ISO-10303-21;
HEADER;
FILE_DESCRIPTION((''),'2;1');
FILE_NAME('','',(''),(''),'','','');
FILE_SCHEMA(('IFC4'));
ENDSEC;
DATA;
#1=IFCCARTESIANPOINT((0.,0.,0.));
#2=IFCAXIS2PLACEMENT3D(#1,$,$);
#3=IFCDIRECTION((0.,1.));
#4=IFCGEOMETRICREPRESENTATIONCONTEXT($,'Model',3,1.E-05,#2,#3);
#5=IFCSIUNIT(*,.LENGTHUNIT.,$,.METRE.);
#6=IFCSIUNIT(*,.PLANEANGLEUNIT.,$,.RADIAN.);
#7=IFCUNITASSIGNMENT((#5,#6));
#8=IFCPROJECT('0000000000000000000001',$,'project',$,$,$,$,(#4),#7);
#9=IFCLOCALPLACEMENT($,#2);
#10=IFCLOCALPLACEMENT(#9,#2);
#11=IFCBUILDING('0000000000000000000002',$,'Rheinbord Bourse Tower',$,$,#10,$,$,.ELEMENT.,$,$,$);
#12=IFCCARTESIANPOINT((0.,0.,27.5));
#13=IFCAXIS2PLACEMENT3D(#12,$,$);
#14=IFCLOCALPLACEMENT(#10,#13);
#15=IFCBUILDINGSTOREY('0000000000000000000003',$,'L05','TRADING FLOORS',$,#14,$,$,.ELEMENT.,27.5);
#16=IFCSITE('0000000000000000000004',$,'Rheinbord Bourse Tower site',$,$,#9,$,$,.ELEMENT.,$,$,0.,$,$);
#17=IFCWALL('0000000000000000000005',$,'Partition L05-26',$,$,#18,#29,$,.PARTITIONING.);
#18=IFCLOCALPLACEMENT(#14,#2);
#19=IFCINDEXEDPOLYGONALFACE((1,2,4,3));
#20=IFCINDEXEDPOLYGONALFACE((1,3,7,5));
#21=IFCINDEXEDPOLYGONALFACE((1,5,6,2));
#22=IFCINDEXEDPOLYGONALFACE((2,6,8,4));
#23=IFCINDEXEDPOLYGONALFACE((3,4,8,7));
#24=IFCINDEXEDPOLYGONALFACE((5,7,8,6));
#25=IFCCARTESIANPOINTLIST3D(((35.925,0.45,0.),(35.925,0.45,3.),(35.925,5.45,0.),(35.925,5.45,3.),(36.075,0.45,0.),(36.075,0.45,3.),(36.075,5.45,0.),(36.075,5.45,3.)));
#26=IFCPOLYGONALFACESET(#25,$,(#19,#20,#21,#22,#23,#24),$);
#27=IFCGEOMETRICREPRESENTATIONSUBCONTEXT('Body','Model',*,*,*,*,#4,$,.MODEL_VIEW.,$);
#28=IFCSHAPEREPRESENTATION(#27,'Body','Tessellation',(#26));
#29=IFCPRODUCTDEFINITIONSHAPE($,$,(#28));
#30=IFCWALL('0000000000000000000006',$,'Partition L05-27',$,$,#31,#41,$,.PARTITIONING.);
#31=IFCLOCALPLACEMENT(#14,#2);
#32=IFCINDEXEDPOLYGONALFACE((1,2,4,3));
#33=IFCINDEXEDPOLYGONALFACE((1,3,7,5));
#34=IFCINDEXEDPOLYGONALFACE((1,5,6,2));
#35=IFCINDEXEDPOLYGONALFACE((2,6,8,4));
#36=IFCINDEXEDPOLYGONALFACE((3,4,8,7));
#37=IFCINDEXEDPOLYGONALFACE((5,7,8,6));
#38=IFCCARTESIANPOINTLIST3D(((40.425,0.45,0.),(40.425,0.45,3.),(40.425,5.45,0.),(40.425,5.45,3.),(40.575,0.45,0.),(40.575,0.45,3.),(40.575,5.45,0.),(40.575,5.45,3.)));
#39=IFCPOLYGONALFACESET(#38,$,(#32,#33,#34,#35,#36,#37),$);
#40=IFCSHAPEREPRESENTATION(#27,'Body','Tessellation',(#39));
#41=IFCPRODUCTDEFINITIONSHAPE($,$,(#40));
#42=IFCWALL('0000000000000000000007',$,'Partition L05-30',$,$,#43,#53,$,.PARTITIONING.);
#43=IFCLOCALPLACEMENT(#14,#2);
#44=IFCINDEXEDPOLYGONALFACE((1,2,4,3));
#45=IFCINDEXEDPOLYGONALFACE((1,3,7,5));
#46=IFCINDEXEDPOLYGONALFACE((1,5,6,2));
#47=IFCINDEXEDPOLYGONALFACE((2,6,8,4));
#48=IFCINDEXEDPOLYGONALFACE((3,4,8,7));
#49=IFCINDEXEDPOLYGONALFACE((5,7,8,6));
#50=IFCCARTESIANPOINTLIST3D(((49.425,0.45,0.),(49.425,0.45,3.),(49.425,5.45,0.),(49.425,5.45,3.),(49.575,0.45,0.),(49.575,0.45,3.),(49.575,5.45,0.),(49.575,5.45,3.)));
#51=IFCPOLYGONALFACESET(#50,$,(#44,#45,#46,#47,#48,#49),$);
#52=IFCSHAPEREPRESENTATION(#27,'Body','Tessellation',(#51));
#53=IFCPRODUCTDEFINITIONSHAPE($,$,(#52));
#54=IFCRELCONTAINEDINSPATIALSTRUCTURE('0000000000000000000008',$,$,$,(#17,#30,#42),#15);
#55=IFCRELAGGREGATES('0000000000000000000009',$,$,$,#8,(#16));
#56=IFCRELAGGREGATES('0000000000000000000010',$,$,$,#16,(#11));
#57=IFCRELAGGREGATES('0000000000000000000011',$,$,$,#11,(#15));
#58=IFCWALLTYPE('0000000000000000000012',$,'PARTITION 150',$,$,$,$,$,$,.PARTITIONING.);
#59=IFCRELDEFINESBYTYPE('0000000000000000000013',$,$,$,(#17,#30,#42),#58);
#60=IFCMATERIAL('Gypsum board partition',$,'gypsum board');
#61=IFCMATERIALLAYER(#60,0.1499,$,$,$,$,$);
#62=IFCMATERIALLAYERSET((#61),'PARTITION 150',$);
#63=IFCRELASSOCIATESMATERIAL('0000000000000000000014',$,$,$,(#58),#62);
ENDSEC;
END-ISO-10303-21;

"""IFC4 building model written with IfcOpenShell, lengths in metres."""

from ifc_helpers import new_model, si_unit, direction, frame, frame_2d, origin, place, context, subcontext, project, spatial, rectangle, extrude, material, layer, layer_set, type_object, element, save


model = new_model("IFC4")

# Units and contexts
model_context = context("Model", 3, precision=1e-05, world=origin(), true_north=direction((0.0, 1.0)))
body_context = subcontext(model_context, "Body", "Model", "MODEL_VIEW")
ifc_project = project(units=[si_unit("LENGTHUNIT", "METRE"), si_unit("PLANEANGLEUNIT", "RADIAN")], contexts=[model_context])

# Site, building, storey
site_placement = place(None, origin())
site = spatial("IfcSite", under=ifc_project, at=site_placement, Name="Rheinbord Bourse Tower site", CompositionType="ELEMENT", RefElevation=0.0)
building_placement = place(site_placement, origin())
building = spatial("IfcBuilding", under=site, at=building_placement, Name="Rheinbord Bourse Tower", CompositionType="ELEMENT")
storey_placement = place(building_placement, frame((0.0, 0.0, 27.5)))
storey = spatial("IfcBuildingStorey", under=building, at=storey_placement, Name="L05", Description="TRADING FLOORS", CompositionType="ELEMENT", Elevation=27.5)

# Walls
ifc_material_1 = material(Name="Gypsum board partition", Category="gypsum board")
ifc_layer_1 = layer(ifc_material_1, 0.1499)
ifc_layer_set_1 = layer_set([ifc_layer_1], Name="PARTITION 150")
wall_type = type_object("IfcWallType", Name="PARTITION 150", PredefinedType="PARTITIONING", material=ifc_layer_set_1)
for number, where, z_axis, x_axis, name in (
    (1, (36.0, 0.45, 0.0), (0.0, 0.0, 1.0), (0.0, 1.0, 0.0), "Partition L05-26"),
    (2, (40.5, 0.45, 0.0), (0.0, 0.0, 1.0), (0.0, 1.0, 0.0), "Partition L05-27"),
    (3, (49.5, 0.45, 0.0), (0.0, 0.0, 1.0), (0.0, 1.0, 0.0), "Partition L05-30"),
):
    element("IfcWall", number, at=place(storey_placement, frame(where, z_axis=z_axis, x_axis=x_axis)), inside=storey, type_object=wall_type, Name=name, PredefinedType="PARTITIONING", context=body_context, shape_type="SweptSolid", body=[
        extrude(rectangle(XDim=5.0, YDim=0.1499, at=frame_2d((2.5, 0.0))), origin(), (0.0, 0.0, 1.0), 3.0),
    ])

save(model, "model.ifc")
